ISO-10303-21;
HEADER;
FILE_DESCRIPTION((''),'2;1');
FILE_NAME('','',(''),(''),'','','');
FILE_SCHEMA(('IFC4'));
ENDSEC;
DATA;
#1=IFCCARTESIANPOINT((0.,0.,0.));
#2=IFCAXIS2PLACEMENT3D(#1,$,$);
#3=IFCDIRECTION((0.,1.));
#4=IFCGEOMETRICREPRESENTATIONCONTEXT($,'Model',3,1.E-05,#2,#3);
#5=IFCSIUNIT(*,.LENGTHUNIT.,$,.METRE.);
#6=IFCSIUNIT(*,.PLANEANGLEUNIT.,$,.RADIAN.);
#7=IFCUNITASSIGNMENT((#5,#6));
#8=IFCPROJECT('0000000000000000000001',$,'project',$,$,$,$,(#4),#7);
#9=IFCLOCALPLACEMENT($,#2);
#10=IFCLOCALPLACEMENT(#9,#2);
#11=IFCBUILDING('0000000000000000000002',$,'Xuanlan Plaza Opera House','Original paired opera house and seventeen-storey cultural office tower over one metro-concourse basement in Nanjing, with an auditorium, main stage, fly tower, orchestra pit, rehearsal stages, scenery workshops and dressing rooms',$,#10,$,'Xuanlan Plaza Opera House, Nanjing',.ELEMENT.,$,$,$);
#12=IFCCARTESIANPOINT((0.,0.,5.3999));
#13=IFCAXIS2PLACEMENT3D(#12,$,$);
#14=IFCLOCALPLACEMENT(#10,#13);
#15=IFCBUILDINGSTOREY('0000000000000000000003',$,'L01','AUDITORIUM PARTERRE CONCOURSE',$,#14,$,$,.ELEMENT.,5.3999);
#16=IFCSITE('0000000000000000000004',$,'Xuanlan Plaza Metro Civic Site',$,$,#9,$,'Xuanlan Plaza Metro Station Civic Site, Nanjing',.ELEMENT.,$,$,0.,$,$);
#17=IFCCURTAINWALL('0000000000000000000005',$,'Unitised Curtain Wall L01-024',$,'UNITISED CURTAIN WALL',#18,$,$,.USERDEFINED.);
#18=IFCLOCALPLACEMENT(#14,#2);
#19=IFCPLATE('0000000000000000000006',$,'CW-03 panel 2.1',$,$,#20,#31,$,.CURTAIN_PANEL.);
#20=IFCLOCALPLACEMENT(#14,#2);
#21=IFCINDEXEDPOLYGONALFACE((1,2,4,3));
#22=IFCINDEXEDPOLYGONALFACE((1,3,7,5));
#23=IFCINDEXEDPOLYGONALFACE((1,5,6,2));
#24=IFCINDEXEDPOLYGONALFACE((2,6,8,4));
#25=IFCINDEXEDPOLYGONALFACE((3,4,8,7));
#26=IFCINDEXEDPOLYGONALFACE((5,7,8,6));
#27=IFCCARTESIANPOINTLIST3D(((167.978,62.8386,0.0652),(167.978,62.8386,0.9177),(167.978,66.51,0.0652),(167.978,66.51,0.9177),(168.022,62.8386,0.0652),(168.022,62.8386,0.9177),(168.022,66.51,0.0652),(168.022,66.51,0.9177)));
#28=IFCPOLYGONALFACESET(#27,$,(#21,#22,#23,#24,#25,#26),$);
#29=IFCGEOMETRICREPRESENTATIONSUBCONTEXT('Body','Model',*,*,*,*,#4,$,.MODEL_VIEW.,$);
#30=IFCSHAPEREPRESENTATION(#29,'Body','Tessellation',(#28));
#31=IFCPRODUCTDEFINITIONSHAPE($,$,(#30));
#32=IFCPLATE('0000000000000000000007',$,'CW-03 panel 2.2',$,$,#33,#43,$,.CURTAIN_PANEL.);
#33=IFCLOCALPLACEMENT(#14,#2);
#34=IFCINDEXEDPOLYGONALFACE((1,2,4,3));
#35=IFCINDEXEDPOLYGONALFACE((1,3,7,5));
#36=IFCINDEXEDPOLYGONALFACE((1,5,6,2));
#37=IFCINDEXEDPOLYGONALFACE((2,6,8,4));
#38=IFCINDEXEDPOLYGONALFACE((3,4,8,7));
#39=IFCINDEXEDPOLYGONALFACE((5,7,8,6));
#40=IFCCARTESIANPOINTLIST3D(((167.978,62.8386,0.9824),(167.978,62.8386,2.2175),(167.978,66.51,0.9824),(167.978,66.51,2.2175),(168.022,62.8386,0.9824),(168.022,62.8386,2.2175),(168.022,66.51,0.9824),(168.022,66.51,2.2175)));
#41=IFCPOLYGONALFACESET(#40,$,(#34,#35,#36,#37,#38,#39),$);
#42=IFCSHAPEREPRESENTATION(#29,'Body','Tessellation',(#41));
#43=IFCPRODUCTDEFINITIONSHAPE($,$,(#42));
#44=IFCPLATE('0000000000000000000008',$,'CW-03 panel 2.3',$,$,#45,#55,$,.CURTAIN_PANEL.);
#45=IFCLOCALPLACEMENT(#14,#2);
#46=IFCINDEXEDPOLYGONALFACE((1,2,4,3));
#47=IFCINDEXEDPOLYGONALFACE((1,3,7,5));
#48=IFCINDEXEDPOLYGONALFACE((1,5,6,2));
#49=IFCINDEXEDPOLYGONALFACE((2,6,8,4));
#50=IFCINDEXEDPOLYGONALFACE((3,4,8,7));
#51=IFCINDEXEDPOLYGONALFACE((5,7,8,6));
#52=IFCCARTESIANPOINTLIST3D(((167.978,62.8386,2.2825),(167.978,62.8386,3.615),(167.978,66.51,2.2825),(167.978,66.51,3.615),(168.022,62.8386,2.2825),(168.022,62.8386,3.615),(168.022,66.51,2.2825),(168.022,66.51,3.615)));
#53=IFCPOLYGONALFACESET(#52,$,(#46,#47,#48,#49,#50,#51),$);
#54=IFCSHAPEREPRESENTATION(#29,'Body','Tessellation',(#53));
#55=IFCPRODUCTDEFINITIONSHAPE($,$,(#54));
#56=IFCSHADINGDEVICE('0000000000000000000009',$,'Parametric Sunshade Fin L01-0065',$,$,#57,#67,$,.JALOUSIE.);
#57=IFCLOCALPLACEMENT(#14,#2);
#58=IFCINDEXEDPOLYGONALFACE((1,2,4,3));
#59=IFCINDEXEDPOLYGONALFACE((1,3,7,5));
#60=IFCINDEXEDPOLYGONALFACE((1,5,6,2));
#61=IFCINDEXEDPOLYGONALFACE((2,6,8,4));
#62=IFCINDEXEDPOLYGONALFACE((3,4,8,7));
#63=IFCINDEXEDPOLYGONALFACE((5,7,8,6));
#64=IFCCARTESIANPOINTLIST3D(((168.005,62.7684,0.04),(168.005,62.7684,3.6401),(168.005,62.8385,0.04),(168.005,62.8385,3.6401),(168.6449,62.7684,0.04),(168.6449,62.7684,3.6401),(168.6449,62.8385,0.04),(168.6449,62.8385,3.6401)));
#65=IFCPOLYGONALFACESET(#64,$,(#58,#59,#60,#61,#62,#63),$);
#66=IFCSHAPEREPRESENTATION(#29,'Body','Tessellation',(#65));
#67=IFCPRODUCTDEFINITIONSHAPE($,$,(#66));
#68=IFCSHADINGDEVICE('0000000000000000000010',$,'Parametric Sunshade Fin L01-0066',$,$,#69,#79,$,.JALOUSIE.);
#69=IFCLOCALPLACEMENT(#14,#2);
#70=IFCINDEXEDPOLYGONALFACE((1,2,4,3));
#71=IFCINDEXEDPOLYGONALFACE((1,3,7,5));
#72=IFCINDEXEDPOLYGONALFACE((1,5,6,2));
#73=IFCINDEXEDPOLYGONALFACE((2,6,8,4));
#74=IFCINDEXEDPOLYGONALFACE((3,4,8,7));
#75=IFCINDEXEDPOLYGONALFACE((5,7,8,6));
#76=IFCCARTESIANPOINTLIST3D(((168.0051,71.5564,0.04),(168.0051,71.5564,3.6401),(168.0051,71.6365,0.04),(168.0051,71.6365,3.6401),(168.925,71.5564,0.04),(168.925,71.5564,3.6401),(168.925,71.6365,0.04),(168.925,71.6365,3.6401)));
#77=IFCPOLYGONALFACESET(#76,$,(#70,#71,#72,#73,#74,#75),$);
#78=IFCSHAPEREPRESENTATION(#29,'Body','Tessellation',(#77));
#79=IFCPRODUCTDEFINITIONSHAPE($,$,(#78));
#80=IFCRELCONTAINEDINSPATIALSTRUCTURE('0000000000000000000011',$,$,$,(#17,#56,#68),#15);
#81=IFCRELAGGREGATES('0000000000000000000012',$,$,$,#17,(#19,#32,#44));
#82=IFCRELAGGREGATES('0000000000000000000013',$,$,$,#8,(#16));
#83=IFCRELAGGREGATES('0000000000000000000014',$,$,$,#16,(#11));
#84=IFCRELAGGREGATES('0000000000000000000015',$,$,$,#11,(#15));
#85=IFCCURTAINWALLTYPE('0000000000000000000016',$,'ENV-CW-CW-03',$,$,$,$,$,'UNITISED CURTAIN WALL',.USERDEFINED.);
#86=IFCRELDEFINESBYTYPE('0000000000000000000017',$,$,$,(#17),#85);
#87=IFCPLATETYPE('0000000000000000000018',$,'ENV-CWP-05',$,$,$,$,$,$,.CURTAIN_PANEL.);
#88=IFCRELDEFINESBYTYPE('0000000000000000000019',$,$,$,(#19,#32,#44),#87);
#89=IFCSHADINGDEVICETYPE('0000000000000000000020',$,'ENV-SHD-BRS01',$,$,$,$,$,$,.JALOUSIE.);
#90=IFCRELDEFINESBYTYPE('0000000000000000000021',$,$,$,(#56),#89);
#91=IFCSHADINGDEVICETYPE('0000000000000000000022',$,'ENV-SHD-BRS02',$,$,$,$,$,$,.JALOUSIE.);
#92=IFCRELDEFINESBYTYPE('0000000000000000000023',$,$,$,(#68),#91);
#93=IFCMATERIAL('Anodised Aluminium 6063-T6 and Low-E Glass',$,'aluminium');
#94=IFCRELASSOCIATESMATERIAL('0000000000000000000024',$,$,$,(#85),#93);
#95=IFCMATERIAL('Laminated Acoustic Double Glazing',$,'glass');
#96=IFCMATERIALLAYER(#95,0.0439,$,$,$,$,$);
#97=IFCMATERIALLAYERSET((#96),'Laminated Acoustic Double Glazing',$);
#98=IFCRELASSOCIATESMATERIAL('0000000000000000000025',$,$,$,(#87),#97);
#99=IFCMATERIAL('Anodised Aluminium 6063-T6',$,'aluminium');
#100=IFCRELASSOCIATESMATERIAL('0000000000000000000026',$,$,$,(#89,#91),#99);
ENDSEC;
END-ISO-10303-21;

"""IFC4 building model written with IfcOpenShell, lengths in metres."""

from ifc_helpers import new_model, si_unit, direction, frame, origin, origin_2d, place, context, subcontext, project, spatial, rectangle, extrude, material, layer, layer_set, type_object, element, aggregate, save


model = new_model("IFC4")

# Units and contexts
model_context = context("Model", 3, precision=1e-05, world=origin(), true_north=direction((0.0, 1.0)))
body_context = subcontext(model_context, "Body", "Model", "MODEL_VIEW")
ifc_project = project(units=[si_unit("LENGTHUNIT", "METRE"), si_unit("PLANEANGLEUNIT", "RADIAN")], contexts=[model_context])

# Site, building, storey
site_placement = place(None, origin())
site = spatial("IfcSite", under=ifc_project, at=site_placement, Name="Xuanlan Plaza Metro Civic Site", LongName="Xuanlan Plaza Metro Station Civic Site, Nanjing", CompositionType="ELEMENT", RefElevation=0.0)
building_placement = place(site_placement, origin())
building = spatial("IfcBuilding", under=site, at=building_placement, Name="Xuanlan Plaza Opera House", Description="Original paired opera house and seventeen-storey cultural office tower over one metro-concourse basement in Nanjing, with an auditorium, main stage, fly tower, orchestra pit, rehearsal stages, scenery workshops and dressing rooms", LongName="Xuanlan Plaza Opera House, Nanjing", CompositionType="ELEMENT")
storey_placement = place(building_placement, frame((0.0, 0.0, 5.3999)))
storey = spatial("IfcBuildingStorey", under=building, at=storey_placement, Name="L01", Description="AUDITORIUM PARTERRE CONCOURSE", CompositionType="ELEMENT", Elevation=5.3999)

# Curtain wall
ifc_material_1 = material(Name="Anodised Aluminium 6063-T6 and Low-E Glass", Category="aluminium")
curtain_wall_type_1 = type_object("IfcCurtainWallType", Name="ENV-CW-CW-03", ElementType="UNITISED CURTAIN WALL", PredefinedType="USERDEFINED", material=ifc_material_1)
curtain_wall_1_placement = place(storey_placement, origin())
curtain_wall_1 = element("IfcCurtainWall", 1, at=curtain_wall_1_placement, inside=storey, type_object=curtain_wall_type_1, Name="Unitised Curtain Wall L01-024", ObjectType="UNITISED CURTAIN WALL", PredefinedType="USERDEFINED")
ifc_material_2 = material(Name="Anodised Aluminium 6063-T6", Category="aluminium")

# Plates
ifc_material_3 = material(Name="Laminated Acoustic Double Glazing", Category="glass")
ifc_layer_1 = layer(ifc_material_3, 0.0439)
ifc_layer_set_1 = layer_set([ifc_layer_1], Name="Laminated Acoustic Double Glazing")
plate_type_1 = type_object("IfcPlateType", Name="ENV-CWP-05", PredefinedType="CURTAIN_PANEL", material=ifc_layer_set_1)
plate_1_placement = place(storey_placement, frame((168.0, 64.6743, 0.0652), z_axis=(0.0, 0.0, 1.0), x_axis=(0.0, 1.0, 0.0)))
plate_1 = element("IfcPlate", 2, at=plate_1_placement, type_object=plate_type_1, Name="CW-03 panel 2.1", PredefinedType="CURTAIN_PANEL", context=body_context, shape_type="SweptSolid", body=[
    extrude(rectangle(XDim=3.6714, YDim=0.0439, at=origin_2d()), origin(), (0.0, 0.0, 1.0), 0.8525),
])
plate_2_placement = place(storey_placement, frame((168.0, 64.6743, 0.9824), z_axis=(0.0, 0.0, 1.0), x_axis=(0.0, 1.0, 0.0)))
plate_2 = element("IfcPlate", 3, at=plate_2_placement, type_object=plate_type_1, Name="CW-03 panel 2.2", PredefinedType="CURTAIN_PANEL", context=body_context, shape_type="SweptSolid", body=[
    extrude(rectangle(XDim=3.6714, YDim=0.0439, at=origin_2d()), origin(), (0.0, 0.0, 1.0), 1.2351),
])
plate_3_placement = place(storey_placement, frame((168.0, 64.6743, 2.2825), z_axis=(0.0, 0.0, 1.0), x_axis=(0.0, 1.0, 0.0)))
plate_3 = element("IfcPlate", 4, at=plate_3_placement, type_object=plate_type_1, Name="CW-03 panel 2.3", PredefinedType="CURTAIN_PANEL", context=body_context, shape_type="SweptSolid", body=[
    extrude(rectangle(XDim=3.6714, YDim=0.0439, at=origin_2d()), origin(), (0.0, 0.0, 1.0), 1.3325),
])
aggregate(curtain_wall_1, [plate_1, plate_2, plate_3])

# Shading devices
shading_device_type_1 = type_object("IfcShadingDeviceType", Name="ENV-SHD-BRS01", PredefinedType="JALOUSIE", material=ifc_material_2)
shading_device_1_placement = place(storey_placement, frame((168.325, 62.8035, 0.04), z_axis=(0.0, 0.0, 1.0), x_axis=(1.0, 0.0, 0.0)))
element("IfcShadingDevice", 5, at=shading_device_1_placement, inside=storey, type_object=shading_device_type_1, Name="Parametric Sunshade Fin L01-0065", PredefinedType="JALOUSIE", context=body_context, shape_type="SweptSolid", body=[
    extrude(rectangle(XDim=0.6399, YDim=0.0701, at=origin_2d()), origin(), (0.0, 0.0, 1.0), 3.6001),
])
shading_device_type_2 = type_object("IfcShadingDeviceType", Name="ENV-SHD-BRS02", PredefinedType="JALOUSIE", material=ifc_material_2)
shading_device_2_placement = place(storey_placement, frame((168.4651, 71.5964, 0.04), z_axis=(0.0, 0.0, 1.0), x_axis=(1.0, 0.0, 0.0)))
element("IfcShadingDevice", 6, at=shading_device_2_placement, inside=storey, type_object=shading_device_type_2, Name="Parametric Sunshade Fin L01-0066", PredefinedType="JALOUSIE", context=body_context, shape_type="SweptSolid", body=[
    extrude(rectangle(XDim=0.9199, YDim=0.0801, at=origin_2d()), origin(), (0.0, 0.0, 1.0), 3.6001),
])

save(model, "model.ifc")
